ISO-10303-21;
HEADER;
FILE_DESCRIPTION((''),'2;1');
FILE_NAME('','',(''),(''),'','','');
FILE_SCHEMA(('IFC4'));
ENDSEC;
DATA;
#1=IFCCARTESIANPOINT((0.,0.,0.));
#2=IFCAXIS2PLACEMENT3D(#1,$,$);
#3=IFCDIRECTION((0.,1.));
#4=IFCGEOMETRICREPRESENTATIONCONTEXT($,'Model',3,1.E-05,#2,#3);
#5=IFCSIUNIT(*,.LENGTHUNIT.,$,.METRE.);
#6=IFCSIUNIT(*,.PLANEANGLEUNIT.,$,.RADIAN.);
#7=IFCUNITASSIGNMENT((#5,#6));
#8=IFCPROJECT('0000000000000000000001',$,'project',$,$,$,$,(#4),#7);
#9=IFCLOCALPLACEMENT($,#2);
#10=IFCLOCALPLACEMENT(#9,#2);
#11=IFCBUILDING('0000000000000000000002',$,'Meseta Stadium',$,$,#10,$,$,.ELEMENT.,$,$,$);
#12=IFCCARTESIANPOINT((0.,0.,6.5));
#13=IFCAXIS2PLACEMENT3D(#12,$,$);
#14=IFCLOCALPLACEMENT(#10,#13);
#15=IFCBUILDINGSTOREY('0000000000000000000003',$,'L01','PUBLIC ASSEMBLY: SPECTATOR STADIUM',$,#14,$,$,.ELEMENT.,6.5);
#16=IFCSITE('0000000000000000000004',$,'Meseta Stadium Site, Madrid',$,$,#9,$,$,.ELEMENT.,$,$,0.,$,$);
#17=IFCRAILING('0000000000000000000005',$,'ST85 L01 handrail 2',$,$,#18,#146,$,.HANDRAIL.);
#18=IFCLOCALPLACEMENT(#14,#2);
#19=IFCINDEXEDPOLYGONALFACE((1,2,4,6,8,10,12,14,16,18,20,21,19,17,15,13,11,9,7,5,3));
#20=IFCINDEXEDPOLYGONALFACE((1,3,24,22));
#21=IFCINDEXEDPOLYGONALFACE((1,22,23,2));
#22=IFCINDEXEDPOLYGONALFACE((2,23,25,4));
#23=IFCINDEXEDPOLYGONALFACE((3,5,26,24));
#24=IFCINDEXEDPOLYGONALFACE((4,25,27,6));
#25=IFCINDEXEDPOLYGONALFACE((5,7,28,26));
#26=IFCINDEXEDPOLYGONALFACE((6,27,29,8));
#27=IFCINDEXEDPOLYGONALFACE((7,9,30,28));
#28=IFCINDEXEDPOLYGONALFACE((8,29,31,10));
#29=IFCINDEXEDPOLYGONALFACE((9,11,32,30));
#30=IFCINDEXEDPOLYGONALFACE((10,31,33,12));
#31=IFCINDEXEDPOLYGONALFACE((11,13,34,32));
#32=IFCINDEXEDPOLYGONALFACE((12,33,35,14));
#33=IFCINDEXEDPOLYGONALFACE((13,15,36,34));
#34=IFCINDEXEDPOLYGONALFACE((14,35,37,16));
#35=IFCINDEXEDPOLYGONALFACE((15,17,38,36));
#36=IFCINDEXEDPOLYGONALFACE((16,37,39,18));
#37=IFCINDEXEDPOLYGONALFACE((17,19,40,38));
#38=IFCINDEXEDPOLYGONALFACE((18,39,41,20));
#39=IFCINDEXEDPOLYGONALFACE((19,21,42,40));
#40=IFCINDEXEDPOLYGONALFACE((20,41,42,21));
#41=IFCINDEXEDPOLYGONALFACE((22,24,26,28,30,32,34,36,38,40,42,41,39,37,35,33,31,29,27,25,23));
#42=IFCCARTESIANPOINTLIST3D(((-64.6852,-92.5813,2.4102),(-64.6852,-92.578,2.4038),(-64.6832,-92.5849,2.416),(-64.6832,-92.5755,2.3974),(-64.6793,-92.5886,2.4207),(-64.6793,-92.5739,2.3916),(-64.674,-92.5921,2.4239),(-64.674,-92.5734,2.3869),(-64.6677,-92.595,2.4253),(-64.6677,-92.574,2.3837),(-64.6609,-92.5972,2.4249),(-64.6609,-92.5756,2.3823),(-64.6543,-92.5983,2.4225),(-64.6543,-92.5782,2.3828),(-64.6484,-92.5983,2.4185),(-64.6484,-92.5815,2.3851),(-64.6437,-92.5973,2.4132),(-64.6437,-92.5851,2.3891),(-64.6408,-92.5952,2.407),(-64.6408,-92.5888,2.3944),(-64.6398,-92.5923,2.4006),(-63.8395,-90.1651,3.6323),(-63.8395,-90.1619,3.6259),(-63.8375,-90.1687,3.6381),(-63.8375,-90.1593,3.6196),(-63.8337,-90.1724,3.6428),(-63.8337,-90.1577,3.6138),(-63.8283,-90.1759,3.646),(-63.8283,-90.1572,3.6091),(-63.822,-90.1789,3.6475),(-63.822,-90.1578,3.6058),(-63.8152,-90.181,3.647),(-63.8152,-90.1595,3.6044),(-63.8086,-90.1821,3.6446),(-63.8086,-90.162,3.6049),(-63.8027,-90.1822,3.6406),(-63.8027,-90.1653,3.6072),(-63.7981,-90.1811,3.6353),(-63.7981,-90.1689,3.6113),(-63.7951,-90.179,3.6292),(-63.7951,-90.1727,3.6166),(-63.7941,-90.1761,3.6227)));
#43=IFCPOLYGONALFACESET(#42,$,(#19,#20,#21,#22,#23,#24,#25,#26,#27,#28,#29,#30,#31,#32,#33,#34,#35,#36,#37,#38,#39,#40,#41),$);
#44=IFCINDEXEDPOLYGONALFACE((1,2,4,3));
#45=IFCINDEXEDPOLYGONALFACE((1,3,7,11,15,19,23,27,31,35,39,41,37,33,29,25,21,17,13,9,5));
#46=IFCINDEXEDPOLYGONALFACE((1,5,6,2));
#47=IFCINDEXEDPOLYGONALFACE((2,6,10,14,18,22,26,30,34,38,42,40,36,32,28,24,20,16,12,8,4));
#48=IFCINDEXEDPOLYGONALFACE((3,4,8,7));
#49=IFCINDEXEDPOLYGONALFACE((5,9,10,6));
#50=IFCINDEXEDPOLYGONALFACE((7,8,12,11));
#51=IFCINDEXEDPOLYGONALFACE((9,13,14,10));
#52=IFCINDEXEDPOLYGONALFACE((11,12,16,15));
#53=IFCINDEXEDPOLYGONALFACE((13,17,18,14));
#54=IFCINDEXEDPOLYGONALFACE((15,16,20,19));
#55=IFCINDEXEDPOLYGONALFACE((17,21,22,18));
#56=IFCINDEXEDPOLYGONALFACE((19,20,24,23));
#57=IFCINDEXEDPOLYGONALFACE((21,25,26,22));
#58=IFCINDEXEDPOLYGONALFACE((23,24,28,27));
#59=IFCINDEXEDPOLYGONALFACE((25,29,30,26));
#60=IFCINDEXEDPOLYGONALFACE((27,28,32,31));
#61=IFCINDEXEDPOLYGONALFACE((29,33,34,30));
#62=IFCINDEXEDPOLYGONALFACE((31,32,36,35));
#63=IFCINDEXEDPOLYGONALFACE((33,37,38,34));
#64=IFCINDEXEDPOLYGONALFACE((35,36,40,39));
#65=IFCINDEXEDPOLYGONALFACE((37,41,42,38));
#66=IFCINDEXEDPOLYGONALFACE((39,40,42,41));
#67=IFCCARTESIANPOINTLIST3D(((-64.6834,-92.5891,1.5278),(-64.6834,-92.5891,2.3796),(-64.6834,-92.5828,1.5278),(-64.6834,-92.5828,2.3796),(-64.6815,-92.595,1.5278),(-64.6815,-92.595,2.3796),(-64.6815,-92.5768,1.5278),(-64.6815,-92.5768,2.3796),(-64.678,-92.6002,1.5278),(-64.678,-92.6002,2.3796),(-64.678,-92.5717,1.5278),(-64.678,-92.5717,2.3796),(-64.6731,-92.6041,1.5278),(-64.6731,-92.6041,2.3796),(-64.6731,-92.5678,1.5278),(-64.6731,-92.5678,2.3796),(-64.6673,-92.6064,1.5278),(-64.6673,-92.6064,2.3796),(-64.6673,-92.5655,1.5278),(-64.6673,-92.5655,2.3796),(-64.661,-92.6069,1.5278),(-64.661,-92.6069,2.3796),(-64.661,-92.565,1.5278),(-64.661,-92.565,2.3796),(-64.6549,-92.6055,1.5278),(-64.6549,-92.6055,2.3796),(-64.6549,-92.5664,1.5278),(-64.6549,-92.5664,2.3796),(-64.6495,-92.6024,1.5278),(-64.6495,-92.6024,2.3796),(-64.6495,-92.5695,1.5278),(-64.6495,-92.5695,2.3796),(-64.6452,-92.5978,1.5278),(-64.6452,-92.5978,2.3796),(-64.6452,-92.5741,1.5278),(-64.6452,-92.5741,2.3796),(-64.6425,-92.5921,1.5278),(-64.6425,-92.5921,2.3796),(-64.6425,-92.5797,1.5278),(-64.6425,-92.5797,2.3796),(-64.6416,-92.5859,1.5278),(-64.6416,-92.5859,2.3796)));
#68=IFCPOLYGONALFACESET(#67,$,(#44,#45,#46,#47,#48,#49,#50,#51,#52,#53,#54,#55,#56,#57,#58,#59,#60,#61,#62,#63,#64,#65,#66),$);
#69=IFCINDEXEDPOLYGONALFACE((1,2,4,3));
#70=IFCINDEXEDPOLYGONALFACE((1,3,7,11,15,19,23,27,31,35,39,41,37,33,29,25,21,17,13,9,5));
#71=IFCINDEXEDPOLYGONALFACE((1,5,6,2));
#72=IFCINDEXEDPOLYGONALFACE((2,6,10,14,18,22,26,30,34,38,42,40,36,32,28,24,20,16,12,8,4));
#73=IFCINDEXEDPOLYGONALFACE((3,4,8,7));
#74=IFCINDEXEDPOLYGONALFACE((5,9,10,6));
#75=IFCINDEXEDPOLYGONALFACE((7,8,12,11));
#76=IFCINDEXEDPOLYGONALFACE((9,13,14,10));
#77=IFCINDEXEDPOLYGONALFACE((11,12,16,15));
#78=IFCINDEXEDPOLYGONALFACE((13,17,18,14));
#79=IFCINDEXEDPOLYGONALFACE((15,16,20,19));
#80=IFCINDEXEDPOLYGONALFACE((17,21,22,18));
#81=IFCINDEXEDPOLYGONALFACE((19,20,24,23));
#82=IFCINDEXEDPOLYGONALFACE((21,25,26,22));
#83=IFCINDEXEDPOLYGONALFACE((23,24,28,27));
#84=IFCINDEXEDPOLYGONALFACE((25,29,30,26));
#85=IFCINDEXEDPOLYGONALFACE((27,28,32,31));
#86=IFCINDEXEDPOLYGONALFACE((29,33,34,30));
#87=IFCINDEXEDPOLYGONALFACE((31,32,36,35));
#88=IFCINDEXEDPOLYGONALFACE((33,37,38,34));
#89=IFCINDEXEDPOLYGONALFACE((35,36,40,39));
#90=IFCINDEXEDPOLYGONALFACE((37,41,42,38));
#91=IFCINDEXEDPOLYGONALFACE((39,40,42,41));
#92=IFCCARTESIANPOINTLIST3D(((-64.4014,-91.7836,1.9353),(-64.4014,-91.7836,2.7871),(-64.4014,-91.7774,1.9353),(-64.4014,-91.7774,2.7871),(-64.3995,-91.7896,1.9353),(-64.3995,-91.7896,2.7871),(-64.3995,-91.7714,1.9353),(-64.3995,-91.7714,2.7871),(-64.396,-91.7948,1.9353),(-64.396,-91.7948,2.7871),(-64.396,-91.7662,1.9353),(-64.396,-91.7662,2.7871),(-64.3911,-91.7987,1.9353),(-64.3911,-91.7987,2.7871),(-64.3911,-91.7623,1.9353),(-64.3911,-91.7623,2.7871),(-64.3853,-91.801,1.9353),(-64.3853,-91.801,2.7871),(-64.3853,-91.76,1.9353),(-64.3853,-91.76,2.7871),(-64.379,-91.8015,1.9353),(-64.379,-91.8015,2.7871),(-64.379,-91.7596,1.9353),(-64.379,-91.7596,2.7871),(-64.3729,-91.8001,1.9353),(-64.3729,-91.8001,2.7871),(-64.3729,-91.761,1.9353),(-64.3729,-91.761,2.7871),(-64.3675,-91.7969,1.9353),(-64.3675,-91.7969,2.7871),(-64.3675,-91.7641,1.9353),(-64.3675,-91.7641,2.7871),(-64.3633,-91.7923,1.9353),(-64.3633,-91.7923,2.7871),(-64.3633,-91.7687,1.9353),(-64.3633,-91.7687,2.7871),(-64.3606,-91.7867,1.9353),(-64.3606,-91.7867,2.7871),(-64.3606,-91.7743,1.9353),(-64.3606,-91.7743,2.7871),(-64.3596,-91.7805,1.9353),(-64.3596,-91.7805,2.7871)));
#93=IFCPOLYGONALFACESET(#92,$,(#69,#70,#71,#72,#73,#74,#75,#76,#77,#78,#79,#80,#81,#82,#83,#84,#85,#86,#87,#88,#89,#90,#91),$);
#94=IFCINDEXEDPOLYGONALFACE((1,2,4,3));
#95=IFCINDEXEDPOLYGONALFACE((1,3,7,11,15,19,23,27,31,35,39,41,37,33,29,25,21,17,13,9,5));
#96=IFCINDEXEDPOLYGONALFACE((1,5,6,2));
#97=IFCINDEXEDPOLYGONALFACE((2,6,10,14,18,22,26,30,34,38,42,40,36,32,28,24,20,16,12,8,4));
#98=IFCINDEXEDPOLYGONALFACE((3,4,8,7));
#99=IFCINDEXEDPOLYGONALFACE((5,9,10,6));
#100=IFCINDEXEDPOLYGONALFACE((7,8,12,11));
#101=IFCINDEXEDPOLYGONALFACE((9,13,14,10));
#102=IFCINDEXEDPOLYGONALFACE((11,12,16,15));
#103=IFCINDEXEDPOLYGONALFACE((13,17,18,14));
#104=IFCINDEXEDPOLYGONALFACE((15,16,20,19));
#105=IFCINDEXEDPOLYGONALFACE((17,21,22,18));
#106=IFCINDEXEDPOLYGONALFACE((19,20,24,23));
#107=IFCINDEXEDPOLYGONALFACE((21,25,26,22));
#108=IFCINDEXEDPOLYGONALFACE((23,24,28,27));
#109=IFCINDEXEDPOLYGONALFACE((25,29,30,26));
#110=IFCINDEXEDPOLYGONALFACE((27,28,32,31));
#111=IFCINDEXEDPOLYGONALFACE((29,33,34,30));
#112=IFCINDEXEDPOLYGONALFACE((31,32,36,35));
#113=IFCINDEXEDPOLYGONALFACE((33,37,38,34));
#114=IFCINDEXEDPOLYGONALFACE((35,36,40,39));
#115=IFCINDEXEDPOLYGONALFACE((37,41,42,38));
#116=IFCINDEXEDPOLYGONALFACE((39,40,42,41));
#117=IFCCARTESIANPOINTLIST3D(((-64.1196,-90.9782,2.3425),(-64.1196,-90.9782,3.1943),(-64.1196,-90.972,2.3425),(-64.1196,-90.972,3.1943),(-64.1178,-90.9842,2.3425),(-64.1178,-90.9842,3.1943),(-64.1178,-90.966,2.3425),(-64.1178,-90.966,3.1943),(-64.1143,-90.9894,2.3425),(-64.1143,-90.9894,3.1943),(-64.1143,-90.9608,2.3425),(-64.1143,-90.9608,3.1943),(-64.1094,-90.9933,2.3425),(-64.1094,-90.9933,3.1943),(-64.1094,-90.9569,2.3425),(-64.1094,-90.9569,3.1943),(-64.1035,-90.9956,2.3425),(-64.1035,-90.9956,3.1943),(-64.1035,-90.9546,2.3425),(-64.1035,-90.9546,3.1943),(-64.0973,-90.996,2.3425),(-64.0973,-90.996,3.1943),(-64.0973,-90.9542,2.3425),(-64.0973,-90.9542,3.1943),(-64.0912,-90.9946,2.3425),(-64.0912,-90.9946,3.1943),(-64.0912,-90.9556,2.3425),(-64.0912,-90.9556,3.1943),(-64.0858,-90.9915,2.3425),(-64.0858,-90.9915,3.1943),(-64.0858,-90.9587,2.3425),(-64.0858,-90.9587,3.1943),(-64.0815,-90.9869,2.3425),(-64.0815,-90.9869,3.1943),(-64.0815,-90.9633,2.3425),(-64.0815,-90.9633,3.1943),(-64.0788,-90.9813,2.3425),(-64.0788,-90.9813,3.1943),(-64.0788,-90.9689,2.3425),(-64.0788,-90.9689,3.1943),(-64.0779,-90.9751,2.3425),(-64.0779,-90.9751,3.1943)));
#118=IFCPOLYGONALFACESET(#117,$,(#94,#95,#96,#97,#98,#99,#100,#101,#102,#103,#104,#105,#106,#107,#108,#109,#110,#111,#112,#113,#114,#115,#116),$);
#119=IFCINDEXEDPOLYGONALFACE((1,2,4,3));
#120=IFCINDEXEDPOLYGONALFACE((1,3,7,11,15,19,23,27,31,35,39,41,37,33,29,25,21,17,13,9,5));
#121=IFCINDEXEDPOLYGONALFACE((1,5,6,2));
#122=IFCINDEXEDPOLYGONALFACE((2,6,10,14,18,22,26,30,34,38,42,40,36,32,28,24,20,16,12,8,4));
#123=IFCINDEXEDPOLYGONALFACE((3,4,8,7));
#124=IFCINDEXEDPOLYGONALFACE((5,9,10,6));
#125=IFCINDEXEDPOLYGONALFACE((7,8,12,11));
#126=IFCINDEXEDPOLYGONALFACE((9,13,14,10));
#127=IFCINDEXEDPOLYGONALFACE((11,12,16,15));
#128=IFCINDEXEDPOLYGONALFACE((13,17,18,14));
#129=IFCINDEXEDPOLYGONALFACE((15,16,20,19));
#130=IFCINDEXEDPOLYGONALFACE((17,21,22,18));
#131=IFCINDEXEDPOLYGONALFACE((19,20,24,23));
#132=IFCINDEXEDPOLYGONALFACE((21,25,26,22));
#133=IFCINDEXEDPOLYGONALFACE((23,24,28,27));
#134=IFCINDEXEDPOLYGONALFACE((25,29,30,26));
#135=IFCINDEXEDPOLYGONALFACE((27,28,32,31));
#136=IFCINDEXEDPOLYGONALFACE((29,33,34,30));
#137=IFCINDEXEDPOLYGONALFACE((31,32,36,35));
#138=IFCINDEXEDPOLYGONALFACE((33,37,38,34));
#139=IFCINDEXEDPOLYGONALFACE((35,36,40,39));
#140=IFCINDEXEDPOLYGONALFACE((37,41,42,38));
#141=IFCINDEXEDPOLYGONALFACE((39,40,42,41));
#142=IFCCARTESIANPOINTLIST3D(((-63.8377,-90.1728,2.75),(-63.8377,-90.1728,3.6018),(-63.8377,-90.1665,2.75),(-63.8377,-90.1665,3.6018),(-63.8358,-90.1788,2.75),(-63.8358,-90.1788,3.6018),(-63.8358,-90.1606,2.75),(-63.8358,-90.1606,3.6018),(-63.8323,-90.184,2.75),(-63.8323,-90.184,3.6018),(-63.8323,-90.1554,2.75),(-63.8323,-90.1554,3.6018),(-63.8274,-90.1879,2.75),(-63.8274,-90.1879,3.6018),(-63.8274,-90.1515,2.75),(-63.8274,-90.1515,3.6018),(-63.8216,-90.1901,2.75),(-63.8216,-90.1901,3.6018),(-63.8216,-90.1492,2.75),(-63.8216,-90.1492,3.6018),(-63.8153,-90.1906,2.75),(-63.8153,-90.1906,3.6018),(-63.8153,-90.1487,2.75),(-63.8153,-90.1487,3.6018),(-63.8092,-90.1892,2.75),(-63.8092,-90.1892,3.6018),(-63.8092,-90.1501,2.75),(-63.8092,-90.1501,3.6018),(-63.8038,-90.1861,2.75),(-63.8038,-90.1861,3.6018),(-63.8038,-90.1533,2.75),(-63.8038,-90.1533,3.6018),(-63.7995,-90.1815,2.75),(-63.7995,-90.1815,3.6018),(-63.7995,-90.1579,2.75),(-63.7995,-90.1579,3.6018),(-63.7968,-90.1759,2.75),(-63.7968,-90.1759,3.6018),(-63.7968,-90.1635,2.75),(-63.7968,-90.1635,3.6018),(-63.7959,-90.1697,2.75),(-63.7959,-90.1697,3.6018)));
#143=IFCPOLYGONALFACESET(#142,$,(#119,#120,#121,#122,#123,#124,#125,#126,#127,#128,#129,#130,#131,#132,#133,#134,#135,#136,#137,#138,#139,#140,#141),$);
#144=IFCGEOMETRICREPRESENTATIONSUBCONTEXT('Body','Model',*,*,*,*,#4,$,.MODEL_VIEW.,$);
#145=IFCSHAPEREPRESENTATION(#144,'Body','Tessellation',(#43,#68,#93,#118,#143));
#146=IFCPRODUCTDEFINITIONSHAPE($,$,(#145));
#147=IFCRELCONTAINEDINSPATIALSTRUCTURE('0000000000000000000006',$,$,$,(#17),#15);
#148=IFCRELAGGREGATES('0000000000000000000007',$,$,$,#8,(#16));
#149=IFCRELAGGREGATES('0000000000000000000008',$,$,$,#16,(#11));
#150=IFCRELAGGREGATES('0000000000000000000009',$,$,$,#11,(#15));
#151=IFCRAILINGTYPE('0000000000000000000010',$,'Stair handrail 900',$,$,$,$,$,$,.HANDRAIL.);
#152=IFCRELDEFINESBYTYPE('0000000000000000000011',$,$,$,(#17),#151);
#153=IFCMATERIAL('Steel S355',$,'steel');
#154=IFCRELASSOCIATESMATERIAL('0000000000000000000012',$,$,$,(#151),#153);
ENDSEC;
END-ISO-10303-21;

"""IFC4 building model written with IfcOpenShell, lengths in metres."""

from ifc_helpers import new_model, si_unit, direction, frame, origin, origin_2d, place, context, subcontext, project, spatial, circle, extrude, material, type_object, element, save


model = new_model("IFC4")

# Units and contexts
model_context = context("Model", 3, precision=1e-05, world=origin(), true_north=direction((0.0, 1.0)))
body_context = subcontext(model_context, "Body", "Model", "MODEL_VIEW")
ifc_project = project(units=[si_unit("LENGTHUNIT", "METRE"), si_unit("PLANEANGLEUNIT", "RADIAN")], contexts=[model_context])

# Site, building, storey
site_placement = place(None, origin())
site = spatial("IfcSite", under=ifc_project, at=site_placement, Name="Meseta Stadium Site, Madrid", CompositionType="ELEMENT", RefElevation=0.0)
building_placement = place(site_placement, origin())
building = spatial("IfcBuilding", under=site, at=building_placement, Name="Meseta Stadium", CompositionType="ELEMENT")
storey_placement = place(building_placement, frame((0.0, 0.0, 6.5)))
storey = spatial("IfcBuildingStorey", under=building, at=storey_placement, Name="L01", Description="PUBLIC ASSEMBLY: SPECTATOR STADIUM", CompositionType="ELEMENT", Elevation=6.5)

# Railing
ifc_material_1 = material(Name="Steel S355", Category="steel")
railing_type_1 = type_object("IfcRailingType", Name="Stair handrail 900", PredefinedType="HANDRAIL", material=ifc_material_1)
for number, where, name in (
    (1, (-64.6626, -92.5859, 1.5278), "ST85 L01 handrail 2"),
):
    element("IfcRailing", number, at=place(storey_placement, frame(where)), inside=storey, type_object=railing_type_1, Name=name, PredefinedType="HANDRAIL", context=body_context, shape_type="SweptSolid", body=[
        extrude(circle(Radius=0.0239, at=origin_2d()), frame((0.0, 0.0, 0.876), z_axis=(0.298123, 0.851767, 0.430832), x_axis=(-0.943857, 0.330355, 0.0)), (0.0, 0.0, 1.0), 2.8367),
        extrude(circle(Radius=0.021, at=origin_2d()), origin(), (0.0, 0.0, 1.0), 0.8518),
        extrude(circle(Radius=0.021, at=origin_2d()), frame((0.282, 0.8054, 0.4075)), (0.0, 0.0, 1.0), 0.8518),
        extrude(circle(Radius=0.021, at=origin_2d()), frame((0.5637, 1.6108, 0.8147)), (0.0, 0.0, 1.0), 0.8518),
        extrude(circle(Radius=0.021, at=origin_2d()), frame((0.8457, 2.4163, 1.2222)), (0.0, 0.0, 1.0), 0.8518),
    ])

save(model, "model.ifc")
